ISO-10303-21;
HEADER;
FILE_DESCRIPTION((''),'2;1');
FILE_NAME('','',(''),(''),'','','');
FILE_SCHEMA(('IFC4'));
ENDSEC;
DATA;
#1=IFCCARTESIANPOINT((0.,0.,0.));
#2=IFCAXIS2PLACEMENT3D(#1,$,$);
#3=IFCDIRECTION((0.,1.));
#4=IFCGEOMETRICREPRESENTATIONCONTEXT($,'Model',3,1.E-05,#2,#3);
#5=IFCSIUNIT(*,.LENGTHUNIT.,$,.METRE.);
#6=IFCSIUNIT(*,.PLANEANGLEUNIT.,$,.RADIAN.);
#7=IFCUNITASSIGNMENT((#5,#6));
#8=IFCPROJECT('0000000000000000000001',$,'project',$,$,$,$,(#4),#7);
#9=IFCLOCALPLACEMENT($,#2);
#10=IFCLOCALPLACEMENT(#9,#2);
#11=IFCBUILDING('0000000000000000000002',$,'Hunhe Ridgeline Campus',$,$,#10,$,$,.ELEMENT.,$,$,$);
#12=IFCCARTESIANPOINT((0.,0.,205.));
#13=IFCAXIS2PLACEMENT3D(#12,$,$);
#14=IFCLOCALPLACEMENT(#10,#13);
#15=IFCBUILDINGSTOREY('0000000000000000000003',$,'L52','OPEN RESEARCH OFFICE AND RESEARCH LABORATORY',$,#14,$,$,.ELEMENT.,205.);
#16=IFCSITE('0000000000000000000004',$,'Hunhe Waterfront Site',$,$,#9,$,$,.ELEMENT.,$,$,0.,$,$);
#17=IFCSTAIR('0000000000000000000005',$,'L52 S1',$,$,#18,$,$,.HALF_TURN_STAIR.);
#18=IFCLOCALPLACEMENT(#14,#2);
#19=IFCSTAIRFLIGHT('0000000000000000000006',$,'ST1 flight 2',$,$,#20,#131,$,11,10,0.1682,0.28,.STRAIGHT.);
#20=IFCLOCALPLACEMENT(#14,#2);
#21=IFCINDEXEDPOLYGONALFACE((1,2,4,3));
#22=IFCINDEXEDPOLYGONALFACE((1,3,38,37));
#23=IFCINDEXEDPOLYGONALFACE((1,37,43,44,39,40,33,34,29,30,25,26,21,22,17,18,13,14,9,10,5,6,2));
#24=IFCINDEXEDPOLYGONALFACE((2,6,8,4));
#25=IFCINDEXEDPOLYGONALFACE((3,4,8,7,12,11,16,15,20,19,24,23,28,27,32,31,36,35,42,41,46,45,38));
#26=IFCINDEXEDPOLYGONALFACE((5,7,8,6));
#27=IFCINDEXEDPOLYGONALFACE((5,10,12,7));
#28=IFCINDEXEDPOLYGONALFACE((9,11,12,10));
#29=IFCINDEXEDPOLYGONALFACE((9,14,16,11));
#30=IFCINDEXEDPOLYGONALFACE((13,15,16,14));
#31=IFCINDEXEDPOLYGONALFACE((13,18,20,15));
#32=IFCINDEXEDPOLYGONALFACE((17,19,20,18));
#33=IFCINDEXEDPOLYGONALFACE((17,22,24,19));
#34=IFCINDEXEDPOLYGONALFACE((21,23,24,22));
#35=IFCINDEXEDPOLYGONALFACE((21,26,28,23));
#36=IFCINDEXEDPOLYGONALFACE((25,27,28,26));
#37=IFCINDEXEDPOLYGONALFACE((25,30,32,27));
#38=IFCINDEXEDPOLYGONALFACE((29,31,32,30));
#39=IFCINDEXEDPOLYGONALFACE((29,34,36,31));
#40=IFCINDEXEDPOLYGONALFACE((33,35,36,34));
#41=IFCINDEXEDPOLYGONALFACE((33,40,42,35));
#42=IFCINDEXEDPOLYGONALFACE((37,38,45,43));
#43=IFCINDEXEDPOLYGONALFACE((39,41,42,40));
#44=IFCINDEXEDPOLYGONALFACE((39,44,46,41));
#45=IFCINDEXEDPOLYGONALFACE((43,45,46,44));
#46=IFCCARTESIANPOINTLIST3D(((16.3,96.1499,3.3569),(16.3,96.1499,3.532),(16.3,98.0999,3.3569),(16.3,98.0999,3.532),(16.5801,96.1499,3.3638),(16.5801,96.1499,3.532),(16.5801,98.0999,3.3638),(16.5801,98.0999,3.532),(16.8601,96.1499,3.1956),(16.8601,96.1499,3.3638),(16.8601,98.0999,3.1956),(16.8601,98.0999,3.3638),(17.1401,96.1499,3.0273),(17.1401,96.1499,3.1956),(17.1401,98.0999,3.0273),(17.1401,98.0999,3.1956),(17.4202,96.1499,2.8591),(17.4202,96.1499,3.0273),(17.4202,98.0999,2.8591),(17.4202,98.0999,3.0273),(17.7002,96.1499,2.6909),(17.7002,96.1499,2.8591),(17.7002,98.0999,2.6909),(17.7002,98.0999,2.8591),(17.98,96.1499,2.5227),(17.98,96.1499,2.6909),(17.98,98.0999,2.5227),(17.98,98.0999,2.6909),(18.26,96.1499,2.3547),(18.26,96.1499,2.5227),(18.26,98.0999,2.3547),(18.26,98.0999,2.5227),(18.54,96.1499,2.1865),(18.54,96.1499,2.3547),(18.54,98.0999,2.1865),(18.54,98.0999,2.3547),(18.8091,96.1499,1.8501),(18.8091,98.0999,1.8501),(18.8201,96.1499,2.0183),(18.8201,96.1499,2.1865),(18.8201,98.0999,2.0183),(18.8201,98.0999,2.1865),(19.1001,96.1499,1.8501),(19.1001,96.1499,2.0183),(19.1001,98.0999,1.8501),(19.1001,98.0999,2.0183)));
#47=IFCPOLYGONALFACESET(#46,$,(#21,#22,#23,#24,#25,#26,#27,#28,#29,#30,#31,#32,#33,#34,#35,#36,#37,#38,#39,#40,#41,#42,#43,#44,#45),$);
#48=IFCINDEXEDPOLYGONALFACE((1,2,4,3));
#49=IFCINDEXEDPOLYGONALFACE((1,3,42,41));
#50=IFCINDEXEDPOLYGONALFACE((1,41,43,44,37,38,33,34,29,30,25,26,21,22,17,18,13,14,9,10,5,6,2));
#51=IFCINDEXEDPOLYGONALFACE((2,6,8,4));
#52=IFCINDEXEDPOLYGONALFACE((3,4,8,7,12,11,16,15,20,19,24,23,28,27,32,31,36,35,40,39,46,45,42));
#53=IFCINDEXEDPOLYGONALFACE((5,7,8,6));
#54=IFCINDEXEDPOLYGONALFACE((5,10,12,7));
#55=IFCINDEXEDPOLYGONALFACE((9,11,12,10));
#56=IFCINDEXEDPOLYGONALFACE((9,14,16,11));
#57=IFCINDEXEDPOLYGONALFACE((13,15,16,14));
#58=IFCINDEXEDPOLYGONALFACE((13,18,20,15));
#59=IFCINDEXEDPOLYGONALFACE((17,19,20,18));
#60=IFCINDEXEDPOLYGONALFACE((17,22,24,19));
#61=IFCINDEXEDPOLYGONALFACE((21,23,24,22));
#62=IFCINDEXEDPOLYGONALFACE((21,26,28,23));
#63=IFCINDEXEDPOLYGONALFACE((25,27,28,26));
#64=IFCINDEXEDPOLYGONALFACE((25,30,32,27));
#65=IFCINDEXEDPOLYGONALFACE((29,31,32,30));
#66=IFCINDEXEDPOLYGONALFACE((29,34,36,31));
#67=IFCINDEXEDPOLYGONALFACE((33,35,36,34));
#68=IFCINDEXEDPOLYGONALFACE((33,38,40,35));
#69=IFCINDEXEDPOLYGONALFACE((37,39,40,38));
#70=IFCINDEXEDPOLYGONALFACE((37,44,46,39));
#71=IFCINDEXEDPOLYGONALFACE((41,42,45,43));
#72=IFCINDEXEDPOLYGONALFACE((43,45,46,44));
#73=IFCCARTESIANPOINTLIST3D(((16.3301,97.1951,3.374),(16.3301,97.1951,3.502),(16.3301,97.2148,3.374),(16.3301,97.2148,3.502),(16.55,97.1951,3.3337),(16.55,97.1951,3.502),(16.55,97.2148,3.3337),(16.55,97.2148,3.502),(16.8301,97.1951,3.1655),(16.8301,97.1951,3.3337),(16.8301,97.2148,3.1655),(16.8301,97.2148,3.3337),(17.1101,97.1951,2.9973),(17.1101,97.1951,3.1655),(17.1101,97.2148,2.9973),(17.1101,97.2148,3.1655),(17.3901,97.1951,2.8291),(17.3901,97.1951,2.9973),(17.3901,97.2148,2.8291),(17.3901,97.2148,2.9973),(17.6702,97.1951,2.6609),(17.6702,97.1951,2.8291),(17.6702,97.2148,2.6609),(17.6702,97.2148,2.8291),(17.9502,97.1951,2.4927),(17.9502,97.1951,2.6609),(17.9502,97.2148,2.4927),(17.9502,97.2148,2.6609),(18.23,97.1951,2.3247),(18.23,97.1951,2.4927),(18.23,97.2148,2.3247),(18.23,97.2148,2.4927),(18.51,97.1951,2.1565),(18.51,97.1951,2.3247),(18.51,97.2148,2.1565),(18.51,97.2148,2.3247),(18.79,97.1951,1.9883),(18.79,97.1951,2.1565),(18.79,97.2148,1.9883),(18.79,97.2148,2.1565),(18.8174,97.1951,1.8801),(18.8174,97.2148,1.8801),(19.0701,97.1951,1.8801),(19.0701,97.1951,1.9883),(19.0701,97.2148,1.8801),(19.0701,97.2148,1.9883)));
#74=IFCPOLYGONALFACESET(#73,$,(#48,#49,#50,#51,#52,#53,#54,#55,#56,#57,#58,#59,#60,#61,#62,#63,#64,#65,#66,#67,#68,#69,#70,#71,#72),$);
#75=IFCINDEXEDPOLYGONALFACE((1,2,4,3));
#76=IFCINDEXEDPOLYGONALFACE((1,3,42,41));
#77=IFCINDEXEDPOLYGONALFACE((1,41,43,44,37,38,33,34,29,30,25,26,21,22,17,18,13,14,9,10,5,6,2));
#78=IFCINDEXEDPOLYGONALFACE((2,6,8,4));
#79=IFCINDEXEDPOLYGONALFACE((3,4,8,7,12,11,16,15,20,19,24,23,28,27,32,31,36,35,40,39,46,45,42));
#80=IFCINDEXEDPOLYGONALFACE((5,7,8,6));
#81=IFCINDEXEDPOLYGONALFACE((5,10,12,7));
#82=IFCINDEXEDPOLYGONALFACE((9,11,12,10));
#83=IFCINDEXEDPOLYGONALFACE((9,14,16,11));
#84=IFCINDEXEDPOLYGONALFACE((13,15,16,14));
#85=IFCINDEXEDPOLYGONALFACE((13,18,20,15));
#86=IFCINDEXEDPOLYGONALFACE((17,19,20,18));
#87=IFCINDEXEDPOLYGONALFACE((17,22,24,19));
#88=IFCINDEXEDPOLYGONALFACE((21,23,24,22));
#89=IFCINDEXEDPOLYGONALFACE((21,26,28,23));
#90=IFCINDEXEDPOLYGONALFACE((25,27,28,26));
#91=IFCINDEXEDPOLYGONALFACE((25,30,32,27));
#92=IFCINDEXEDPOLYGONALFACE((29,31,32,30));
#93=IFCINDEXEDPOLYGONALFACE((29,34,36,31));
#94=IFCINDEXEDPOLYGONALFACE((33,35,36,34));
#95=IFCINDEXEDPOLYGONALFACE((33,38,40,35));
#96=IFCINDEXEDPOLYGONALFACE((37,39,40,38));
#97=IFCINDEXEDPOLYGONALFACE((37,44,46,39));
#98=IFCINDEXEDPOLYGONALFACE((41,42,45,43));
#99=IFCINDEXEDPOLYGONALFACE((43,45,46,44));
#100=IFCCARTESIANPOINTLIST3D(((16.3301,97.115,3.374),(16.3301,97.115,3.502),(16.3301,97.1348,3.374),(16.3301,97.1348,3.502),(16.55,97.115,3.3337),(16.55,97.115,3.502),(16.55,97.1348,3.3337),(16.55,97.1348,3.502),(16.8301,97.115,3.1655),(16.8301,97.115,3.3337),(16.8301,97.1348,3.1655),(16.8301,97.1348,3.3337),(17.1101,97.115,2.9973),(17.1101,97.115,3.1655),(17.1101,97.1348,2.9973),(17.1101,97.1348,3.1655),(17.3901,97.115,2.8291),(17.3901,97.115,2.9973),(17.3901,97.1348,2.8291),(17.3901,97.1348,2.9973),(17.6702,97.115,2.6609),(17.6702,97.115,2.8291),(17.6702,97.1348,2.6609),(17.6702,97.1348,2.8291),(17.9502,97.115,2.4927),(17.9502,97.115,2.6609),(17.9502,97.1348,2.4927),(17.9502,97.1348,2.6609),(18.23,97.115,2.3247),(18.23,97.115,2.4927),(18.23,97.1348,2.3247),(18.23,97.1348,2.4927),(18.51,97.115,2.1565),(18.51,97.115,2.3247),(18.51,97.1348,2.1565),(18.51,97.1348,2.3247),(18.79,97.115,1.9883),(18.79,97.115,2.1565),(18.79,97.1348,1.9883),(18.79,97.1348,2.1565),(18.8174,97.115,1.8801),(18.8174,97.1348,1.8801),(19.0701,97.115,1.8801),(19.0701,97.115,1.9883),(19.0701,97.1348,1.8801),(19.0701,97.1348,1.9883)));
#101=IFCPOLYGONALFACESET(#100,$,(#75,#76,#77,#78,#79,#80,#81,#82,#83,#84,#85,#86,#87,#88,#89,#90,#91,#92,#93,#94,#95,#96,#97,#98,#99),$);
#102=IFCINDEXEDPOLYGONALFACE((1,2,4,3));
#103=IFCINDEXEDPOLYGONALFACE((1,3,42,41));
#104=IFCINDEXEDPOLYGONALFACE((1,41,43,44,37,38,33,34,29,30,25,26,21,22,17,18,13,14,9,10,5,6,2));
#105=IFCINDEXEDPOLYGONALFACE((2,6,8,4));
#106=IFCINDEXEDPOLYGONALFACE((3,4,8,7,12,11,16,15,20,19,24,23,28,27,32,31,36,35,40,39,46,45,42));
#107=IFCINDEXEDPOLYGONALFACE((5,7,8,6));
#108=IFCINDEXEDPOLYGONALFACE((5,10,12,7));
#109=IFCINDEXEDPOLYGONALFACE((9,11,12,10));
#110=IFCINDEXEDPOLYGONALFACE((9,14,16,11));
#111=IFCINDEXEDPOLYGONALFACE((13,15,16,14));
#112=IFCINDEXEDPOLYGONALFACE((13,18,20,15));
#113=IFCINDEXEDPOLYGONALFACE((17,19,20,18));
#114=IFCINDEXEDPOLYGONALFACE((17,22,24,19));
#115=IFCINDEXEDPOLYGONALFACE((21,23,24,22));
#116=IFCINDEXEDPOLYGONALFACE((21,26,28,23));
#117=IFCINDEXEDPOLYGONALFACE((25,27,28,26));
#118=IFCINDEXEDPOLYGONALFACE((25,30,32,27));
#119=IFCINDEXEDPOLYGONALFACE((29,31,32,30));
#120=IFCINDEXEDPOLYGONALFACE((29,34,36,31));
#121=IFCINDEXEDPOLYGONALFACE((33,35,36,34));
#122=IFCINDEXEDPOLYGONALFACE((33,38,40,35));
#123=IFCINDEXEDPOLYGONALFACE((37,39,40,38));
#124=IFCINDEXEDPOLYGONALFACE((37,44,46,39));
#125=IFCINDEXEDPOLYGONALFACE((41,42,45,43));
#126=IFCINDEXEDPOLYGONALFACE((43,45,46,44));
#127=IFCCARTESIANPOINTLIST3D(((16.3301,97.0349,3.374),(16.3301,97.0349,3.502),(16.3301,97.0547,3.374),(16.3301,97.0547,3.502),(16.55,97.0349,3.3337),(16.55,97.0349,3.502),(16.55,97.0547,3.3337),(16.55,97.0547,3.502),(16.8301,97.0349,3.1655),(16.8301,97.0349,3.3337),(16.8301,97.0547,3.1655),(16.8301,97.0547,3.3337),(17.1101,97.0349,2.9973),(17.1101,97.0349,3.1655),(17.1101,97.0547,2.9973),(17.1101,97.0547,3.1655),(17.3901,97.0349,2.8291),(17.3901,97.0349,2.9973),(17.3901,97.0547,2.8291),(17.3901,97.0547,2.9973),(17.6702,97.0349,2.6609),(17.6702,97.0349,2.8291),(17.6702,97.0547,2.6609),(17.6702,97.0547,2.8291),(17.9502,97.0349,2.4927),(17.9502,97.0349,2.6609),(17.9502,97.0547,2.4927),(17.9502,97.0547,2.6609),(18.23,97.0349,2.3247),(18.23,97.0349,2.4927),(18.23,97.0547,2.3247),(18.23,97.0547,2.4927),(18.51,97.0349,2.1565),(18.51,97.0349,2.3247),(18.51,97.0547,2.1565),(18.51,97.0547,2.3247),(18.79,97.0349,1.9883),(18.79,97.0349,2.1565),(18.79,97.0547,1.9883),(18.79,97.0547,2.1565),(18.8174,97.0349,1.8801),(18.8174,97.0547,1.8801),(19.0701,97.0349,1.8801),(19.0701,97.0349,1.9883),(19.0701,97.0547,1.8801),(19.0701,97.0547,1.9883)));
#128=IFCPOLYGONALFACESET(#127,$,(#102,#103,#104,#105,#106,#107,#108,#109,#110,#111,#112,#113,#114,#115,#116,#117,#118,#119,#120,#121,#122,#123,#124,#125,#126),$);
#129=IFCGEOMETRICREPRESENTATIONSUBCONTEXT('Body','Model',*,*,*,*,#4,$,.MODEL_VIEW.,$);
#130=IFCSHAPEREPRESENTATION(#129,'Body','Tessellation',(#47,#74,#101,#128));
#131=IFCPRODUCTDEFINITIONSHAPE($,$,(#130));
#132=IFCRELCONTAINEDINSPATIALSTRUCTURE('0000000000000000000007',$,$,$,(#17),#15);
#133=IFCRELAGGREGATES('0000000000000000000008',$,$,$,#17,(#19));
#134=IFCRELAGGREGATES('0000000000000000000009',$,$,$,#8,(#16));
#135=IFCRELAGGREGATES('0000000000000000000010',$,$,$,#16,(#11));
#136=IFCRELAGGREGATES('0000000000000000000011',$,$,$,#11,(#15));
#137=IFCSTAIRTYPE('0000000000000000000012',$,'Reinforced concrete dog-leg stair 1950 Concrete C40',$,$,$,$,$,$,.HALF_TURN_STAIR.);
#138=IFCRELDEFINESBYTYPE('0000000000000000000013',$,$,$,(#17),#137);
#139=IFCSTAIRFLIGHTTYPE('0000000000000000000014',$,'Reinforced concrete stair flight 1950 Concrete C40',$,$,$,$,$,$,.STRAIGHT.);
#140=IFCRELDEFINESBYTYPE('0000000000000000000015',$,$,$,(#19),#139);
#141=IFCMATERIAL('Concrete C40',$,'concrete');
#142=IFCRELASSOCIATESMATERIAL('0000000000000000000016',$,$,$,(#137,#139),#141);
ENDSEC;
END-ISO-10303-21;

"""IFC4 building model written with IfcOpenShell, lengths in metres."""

from ifc_helpers import new_model, si_unit, direction, frame, origin, place, context, subcontext, project, spatial, polyline, outline, extrude, material, type_object, element, aggregate, save


model = new_model("IFC4")

# Units and contexts
model_context = context("Model", 3, precision=1e-05, world=origin(), true_north=direction((0.0, 1.0)))
body_context = subcontext(model_context, "Body", "Model", "MODEL_VIEW")
ifc_project = project(units=[si_unit("LENGTHUNIT", "METRE"), si_unit("PLANEANGLEUNIT", "RADIAN")], contexts=[model_context])

# Site, building, storey
site_placement = place(None, origin())
site = spatial("IfcSite", under=ifc_project, at=site_placement, Name="Hunhe Waterfront Site", CompositionType="ELEMENT", RefElevation=0.0)
building_placement = place(site_placement, origin())
building = spatial("IfcBuilding", under=site, at=building_placement, Name="Hunhe Ridgeline Campus", CompositionType="ELEMENT")
storey_placement = place(building_placement, frame((0.0, 0.0, 205.0)))
storey = spatial("IfcBuildingStorey", under=building, at=storey_placement, Name="L52", Description="OPEN RESEARCH OFFICE AND RESEARCH LABORATORY", CompositionType="ELEMENT", Elevation=205.0)

# Stair, stair flight
ifc_material_1 = material(Name="Concrete C40", Category="concrete")
stair_type = type_object("IfcStairType", Name="Reinforced concrete dog-leg stair 1950 Concrete C40", PredefinedType="HALF_TURN_STAIR", material=ifc_material_1)
stair_placement = place(storey_placement, origin())
stair = element("IfcStair", 1, at=stair_placement, inside=storey, type_object=stair_type, Name="L52 S1", PredefinedType="HALF_TURN_STAIR")
stair_flight_type = type_object("IfcStairFlightType", Name="Reinforced concrete stair flight 1950 Concrete C40", PredefinedType="STRAIGHT", material=ifc_material_1)
stair_flight_1_placement = place(storey_placement, frame((19.1001, 97.125, 1.8501), z_axis=(0.0, 0.0, 1.0), x_axis=(-1.0, 0.0, 0.0)))
stair_flight_1 = element("IfcStairFlight", 2, at=stair_flight_1_placement, type_object=stair_flight_type, Name="ST1 flight 2", NumberOfRisers=11, NumberOfTreads=10, PredefinedType="STRAIGHT", RiserHeight=0.1682, TreadLength=0.28, context=body_context, shape_type="SweptSolid", body=[
    extrude(outline(polyline([(0.0, 0.0), (0.0, 0.1682), (0.28, 0.1682), (0.28, 0.3364), (0.5601, 0.3364), (0.5601, 0.5046), (0.8401, 0.5046), (0.8401, 0.6726), (1.1201, 0.6726), (1.1201, 0.8408), (1.3999, 0.8408), (1.3999, 1.009), (1.6799, 1.009), (1.6799, 1.1772), (1.96, 1.1772), (1.96, 1.3455), (2.24, 1.3455), (2.24, 1.5137), (2.52, 1.5137), (2.52, 1.6819), (2.8, 1.6819), (2.8, 1.8501), (2.8, 1.5068), (0.291, 0.0), (0.0, 0.0)])), frame((0.0, 0.9751, 0.0), z_axis=(0.0, -1.0, 0.0), x_axis=(1.0, 0.0, 0.0)), (0.0, 0.0, 1.0), 1.95),
    extrude(outline(polyline([(0.03, 0.03), (0.03, 0.1382), (0.3101, 0.1382), (0.3101, 0.3064), (0.5901, 0.3064), (0.5901, 0.4746), (0.8701, 0.4746), (0.8701, 0.6426), (1.1499, 0.6426), (1.1499, 0.8108), (1.4299, 0.8108), (1.4299, 0.979), (1.71, 0.979), (1.71, 1.1472), (1.99, 1.1472), (1.99, 1.3154), (2.27, 1.3154), (2.27, 1.4836), (2.55, 1.4836), (2.55, 1.6519), (2.77, 1.6519), (2.77, 1.5239), (0.2827, 0.03), (0.03, 0.03)])), frame((0.0, -0.0701, 0.0), z_axis=(0.0, -1.0, 0.0), x_axis=(1.0, 0.0, 0.0)), (0.0, 0.0, 1.0), 0.0198),
    extrude(outline(polyline([(0.03, 0.03), (0.03, 0.1382), (0.3101, 0.1382), (0.3101, 0.3064), (0.5901, 0.3064), (0.5901, 0.4746), (0.8701, 0.4746), (0.8701, 0.6426), (1.1499, 0.6426), (1.1499, 0.8108), (1.4299, 0.8108), (1.4299, 0.979), (1.71, 0.979), (1.71, 1.1472), (1.99, 1.1472), (1.99, 1.3154), (2.27, 1.3154), (2.27, 1.4836), (2.55, 1.4836), (2.55, 1.6519), (2.77, 1.6519), (2.77, 1.5239), (0.2827, 0.03), (0.03, 0.03)])), frame((0.0, 0.01, 0.0), z_axis=(0.0, -1.0, 0.0), x_axis=(1.0, 0.0, 0.0)), (0.0, 0.0, 1.0), 0.0198),
    extrude(outline(polyline([(0.03, 0.03), (0.03, 0.1382), (0.3101, 0.1382), (0.3101, 0.3064), (0.5901, 0.3064), (0.5901, 0.4746), (0.8701, 0.4746), (0.8701, 0.6426), (1.1499, 0.6426), (1.1499, 0.8108), (1.4299, 0.8108), (1.4299, 0.979), (1.71, 0.979), (1.71, 1.1472), (1.99, 1.1472), (1.99, 1.3154), (2.27, 1.3154), (2.27, 1.4836), (2.55, 1.4836), (2.55, 1.6519), (2.77, 1.6519), (2.77, 1.5239), (0.2827, 0.03), (0.03, 0.03)])), frame((0.0, 0.0901, 0.0), z_axis=(0.0, -1.0, 0.0), x_axis=(1.0, 0.0, 0.0)), (0.0, 0.0, 1.0), 0.0198),
])
aggregate(stair, [stair_flight_1])

save(model, "model.ifc")
